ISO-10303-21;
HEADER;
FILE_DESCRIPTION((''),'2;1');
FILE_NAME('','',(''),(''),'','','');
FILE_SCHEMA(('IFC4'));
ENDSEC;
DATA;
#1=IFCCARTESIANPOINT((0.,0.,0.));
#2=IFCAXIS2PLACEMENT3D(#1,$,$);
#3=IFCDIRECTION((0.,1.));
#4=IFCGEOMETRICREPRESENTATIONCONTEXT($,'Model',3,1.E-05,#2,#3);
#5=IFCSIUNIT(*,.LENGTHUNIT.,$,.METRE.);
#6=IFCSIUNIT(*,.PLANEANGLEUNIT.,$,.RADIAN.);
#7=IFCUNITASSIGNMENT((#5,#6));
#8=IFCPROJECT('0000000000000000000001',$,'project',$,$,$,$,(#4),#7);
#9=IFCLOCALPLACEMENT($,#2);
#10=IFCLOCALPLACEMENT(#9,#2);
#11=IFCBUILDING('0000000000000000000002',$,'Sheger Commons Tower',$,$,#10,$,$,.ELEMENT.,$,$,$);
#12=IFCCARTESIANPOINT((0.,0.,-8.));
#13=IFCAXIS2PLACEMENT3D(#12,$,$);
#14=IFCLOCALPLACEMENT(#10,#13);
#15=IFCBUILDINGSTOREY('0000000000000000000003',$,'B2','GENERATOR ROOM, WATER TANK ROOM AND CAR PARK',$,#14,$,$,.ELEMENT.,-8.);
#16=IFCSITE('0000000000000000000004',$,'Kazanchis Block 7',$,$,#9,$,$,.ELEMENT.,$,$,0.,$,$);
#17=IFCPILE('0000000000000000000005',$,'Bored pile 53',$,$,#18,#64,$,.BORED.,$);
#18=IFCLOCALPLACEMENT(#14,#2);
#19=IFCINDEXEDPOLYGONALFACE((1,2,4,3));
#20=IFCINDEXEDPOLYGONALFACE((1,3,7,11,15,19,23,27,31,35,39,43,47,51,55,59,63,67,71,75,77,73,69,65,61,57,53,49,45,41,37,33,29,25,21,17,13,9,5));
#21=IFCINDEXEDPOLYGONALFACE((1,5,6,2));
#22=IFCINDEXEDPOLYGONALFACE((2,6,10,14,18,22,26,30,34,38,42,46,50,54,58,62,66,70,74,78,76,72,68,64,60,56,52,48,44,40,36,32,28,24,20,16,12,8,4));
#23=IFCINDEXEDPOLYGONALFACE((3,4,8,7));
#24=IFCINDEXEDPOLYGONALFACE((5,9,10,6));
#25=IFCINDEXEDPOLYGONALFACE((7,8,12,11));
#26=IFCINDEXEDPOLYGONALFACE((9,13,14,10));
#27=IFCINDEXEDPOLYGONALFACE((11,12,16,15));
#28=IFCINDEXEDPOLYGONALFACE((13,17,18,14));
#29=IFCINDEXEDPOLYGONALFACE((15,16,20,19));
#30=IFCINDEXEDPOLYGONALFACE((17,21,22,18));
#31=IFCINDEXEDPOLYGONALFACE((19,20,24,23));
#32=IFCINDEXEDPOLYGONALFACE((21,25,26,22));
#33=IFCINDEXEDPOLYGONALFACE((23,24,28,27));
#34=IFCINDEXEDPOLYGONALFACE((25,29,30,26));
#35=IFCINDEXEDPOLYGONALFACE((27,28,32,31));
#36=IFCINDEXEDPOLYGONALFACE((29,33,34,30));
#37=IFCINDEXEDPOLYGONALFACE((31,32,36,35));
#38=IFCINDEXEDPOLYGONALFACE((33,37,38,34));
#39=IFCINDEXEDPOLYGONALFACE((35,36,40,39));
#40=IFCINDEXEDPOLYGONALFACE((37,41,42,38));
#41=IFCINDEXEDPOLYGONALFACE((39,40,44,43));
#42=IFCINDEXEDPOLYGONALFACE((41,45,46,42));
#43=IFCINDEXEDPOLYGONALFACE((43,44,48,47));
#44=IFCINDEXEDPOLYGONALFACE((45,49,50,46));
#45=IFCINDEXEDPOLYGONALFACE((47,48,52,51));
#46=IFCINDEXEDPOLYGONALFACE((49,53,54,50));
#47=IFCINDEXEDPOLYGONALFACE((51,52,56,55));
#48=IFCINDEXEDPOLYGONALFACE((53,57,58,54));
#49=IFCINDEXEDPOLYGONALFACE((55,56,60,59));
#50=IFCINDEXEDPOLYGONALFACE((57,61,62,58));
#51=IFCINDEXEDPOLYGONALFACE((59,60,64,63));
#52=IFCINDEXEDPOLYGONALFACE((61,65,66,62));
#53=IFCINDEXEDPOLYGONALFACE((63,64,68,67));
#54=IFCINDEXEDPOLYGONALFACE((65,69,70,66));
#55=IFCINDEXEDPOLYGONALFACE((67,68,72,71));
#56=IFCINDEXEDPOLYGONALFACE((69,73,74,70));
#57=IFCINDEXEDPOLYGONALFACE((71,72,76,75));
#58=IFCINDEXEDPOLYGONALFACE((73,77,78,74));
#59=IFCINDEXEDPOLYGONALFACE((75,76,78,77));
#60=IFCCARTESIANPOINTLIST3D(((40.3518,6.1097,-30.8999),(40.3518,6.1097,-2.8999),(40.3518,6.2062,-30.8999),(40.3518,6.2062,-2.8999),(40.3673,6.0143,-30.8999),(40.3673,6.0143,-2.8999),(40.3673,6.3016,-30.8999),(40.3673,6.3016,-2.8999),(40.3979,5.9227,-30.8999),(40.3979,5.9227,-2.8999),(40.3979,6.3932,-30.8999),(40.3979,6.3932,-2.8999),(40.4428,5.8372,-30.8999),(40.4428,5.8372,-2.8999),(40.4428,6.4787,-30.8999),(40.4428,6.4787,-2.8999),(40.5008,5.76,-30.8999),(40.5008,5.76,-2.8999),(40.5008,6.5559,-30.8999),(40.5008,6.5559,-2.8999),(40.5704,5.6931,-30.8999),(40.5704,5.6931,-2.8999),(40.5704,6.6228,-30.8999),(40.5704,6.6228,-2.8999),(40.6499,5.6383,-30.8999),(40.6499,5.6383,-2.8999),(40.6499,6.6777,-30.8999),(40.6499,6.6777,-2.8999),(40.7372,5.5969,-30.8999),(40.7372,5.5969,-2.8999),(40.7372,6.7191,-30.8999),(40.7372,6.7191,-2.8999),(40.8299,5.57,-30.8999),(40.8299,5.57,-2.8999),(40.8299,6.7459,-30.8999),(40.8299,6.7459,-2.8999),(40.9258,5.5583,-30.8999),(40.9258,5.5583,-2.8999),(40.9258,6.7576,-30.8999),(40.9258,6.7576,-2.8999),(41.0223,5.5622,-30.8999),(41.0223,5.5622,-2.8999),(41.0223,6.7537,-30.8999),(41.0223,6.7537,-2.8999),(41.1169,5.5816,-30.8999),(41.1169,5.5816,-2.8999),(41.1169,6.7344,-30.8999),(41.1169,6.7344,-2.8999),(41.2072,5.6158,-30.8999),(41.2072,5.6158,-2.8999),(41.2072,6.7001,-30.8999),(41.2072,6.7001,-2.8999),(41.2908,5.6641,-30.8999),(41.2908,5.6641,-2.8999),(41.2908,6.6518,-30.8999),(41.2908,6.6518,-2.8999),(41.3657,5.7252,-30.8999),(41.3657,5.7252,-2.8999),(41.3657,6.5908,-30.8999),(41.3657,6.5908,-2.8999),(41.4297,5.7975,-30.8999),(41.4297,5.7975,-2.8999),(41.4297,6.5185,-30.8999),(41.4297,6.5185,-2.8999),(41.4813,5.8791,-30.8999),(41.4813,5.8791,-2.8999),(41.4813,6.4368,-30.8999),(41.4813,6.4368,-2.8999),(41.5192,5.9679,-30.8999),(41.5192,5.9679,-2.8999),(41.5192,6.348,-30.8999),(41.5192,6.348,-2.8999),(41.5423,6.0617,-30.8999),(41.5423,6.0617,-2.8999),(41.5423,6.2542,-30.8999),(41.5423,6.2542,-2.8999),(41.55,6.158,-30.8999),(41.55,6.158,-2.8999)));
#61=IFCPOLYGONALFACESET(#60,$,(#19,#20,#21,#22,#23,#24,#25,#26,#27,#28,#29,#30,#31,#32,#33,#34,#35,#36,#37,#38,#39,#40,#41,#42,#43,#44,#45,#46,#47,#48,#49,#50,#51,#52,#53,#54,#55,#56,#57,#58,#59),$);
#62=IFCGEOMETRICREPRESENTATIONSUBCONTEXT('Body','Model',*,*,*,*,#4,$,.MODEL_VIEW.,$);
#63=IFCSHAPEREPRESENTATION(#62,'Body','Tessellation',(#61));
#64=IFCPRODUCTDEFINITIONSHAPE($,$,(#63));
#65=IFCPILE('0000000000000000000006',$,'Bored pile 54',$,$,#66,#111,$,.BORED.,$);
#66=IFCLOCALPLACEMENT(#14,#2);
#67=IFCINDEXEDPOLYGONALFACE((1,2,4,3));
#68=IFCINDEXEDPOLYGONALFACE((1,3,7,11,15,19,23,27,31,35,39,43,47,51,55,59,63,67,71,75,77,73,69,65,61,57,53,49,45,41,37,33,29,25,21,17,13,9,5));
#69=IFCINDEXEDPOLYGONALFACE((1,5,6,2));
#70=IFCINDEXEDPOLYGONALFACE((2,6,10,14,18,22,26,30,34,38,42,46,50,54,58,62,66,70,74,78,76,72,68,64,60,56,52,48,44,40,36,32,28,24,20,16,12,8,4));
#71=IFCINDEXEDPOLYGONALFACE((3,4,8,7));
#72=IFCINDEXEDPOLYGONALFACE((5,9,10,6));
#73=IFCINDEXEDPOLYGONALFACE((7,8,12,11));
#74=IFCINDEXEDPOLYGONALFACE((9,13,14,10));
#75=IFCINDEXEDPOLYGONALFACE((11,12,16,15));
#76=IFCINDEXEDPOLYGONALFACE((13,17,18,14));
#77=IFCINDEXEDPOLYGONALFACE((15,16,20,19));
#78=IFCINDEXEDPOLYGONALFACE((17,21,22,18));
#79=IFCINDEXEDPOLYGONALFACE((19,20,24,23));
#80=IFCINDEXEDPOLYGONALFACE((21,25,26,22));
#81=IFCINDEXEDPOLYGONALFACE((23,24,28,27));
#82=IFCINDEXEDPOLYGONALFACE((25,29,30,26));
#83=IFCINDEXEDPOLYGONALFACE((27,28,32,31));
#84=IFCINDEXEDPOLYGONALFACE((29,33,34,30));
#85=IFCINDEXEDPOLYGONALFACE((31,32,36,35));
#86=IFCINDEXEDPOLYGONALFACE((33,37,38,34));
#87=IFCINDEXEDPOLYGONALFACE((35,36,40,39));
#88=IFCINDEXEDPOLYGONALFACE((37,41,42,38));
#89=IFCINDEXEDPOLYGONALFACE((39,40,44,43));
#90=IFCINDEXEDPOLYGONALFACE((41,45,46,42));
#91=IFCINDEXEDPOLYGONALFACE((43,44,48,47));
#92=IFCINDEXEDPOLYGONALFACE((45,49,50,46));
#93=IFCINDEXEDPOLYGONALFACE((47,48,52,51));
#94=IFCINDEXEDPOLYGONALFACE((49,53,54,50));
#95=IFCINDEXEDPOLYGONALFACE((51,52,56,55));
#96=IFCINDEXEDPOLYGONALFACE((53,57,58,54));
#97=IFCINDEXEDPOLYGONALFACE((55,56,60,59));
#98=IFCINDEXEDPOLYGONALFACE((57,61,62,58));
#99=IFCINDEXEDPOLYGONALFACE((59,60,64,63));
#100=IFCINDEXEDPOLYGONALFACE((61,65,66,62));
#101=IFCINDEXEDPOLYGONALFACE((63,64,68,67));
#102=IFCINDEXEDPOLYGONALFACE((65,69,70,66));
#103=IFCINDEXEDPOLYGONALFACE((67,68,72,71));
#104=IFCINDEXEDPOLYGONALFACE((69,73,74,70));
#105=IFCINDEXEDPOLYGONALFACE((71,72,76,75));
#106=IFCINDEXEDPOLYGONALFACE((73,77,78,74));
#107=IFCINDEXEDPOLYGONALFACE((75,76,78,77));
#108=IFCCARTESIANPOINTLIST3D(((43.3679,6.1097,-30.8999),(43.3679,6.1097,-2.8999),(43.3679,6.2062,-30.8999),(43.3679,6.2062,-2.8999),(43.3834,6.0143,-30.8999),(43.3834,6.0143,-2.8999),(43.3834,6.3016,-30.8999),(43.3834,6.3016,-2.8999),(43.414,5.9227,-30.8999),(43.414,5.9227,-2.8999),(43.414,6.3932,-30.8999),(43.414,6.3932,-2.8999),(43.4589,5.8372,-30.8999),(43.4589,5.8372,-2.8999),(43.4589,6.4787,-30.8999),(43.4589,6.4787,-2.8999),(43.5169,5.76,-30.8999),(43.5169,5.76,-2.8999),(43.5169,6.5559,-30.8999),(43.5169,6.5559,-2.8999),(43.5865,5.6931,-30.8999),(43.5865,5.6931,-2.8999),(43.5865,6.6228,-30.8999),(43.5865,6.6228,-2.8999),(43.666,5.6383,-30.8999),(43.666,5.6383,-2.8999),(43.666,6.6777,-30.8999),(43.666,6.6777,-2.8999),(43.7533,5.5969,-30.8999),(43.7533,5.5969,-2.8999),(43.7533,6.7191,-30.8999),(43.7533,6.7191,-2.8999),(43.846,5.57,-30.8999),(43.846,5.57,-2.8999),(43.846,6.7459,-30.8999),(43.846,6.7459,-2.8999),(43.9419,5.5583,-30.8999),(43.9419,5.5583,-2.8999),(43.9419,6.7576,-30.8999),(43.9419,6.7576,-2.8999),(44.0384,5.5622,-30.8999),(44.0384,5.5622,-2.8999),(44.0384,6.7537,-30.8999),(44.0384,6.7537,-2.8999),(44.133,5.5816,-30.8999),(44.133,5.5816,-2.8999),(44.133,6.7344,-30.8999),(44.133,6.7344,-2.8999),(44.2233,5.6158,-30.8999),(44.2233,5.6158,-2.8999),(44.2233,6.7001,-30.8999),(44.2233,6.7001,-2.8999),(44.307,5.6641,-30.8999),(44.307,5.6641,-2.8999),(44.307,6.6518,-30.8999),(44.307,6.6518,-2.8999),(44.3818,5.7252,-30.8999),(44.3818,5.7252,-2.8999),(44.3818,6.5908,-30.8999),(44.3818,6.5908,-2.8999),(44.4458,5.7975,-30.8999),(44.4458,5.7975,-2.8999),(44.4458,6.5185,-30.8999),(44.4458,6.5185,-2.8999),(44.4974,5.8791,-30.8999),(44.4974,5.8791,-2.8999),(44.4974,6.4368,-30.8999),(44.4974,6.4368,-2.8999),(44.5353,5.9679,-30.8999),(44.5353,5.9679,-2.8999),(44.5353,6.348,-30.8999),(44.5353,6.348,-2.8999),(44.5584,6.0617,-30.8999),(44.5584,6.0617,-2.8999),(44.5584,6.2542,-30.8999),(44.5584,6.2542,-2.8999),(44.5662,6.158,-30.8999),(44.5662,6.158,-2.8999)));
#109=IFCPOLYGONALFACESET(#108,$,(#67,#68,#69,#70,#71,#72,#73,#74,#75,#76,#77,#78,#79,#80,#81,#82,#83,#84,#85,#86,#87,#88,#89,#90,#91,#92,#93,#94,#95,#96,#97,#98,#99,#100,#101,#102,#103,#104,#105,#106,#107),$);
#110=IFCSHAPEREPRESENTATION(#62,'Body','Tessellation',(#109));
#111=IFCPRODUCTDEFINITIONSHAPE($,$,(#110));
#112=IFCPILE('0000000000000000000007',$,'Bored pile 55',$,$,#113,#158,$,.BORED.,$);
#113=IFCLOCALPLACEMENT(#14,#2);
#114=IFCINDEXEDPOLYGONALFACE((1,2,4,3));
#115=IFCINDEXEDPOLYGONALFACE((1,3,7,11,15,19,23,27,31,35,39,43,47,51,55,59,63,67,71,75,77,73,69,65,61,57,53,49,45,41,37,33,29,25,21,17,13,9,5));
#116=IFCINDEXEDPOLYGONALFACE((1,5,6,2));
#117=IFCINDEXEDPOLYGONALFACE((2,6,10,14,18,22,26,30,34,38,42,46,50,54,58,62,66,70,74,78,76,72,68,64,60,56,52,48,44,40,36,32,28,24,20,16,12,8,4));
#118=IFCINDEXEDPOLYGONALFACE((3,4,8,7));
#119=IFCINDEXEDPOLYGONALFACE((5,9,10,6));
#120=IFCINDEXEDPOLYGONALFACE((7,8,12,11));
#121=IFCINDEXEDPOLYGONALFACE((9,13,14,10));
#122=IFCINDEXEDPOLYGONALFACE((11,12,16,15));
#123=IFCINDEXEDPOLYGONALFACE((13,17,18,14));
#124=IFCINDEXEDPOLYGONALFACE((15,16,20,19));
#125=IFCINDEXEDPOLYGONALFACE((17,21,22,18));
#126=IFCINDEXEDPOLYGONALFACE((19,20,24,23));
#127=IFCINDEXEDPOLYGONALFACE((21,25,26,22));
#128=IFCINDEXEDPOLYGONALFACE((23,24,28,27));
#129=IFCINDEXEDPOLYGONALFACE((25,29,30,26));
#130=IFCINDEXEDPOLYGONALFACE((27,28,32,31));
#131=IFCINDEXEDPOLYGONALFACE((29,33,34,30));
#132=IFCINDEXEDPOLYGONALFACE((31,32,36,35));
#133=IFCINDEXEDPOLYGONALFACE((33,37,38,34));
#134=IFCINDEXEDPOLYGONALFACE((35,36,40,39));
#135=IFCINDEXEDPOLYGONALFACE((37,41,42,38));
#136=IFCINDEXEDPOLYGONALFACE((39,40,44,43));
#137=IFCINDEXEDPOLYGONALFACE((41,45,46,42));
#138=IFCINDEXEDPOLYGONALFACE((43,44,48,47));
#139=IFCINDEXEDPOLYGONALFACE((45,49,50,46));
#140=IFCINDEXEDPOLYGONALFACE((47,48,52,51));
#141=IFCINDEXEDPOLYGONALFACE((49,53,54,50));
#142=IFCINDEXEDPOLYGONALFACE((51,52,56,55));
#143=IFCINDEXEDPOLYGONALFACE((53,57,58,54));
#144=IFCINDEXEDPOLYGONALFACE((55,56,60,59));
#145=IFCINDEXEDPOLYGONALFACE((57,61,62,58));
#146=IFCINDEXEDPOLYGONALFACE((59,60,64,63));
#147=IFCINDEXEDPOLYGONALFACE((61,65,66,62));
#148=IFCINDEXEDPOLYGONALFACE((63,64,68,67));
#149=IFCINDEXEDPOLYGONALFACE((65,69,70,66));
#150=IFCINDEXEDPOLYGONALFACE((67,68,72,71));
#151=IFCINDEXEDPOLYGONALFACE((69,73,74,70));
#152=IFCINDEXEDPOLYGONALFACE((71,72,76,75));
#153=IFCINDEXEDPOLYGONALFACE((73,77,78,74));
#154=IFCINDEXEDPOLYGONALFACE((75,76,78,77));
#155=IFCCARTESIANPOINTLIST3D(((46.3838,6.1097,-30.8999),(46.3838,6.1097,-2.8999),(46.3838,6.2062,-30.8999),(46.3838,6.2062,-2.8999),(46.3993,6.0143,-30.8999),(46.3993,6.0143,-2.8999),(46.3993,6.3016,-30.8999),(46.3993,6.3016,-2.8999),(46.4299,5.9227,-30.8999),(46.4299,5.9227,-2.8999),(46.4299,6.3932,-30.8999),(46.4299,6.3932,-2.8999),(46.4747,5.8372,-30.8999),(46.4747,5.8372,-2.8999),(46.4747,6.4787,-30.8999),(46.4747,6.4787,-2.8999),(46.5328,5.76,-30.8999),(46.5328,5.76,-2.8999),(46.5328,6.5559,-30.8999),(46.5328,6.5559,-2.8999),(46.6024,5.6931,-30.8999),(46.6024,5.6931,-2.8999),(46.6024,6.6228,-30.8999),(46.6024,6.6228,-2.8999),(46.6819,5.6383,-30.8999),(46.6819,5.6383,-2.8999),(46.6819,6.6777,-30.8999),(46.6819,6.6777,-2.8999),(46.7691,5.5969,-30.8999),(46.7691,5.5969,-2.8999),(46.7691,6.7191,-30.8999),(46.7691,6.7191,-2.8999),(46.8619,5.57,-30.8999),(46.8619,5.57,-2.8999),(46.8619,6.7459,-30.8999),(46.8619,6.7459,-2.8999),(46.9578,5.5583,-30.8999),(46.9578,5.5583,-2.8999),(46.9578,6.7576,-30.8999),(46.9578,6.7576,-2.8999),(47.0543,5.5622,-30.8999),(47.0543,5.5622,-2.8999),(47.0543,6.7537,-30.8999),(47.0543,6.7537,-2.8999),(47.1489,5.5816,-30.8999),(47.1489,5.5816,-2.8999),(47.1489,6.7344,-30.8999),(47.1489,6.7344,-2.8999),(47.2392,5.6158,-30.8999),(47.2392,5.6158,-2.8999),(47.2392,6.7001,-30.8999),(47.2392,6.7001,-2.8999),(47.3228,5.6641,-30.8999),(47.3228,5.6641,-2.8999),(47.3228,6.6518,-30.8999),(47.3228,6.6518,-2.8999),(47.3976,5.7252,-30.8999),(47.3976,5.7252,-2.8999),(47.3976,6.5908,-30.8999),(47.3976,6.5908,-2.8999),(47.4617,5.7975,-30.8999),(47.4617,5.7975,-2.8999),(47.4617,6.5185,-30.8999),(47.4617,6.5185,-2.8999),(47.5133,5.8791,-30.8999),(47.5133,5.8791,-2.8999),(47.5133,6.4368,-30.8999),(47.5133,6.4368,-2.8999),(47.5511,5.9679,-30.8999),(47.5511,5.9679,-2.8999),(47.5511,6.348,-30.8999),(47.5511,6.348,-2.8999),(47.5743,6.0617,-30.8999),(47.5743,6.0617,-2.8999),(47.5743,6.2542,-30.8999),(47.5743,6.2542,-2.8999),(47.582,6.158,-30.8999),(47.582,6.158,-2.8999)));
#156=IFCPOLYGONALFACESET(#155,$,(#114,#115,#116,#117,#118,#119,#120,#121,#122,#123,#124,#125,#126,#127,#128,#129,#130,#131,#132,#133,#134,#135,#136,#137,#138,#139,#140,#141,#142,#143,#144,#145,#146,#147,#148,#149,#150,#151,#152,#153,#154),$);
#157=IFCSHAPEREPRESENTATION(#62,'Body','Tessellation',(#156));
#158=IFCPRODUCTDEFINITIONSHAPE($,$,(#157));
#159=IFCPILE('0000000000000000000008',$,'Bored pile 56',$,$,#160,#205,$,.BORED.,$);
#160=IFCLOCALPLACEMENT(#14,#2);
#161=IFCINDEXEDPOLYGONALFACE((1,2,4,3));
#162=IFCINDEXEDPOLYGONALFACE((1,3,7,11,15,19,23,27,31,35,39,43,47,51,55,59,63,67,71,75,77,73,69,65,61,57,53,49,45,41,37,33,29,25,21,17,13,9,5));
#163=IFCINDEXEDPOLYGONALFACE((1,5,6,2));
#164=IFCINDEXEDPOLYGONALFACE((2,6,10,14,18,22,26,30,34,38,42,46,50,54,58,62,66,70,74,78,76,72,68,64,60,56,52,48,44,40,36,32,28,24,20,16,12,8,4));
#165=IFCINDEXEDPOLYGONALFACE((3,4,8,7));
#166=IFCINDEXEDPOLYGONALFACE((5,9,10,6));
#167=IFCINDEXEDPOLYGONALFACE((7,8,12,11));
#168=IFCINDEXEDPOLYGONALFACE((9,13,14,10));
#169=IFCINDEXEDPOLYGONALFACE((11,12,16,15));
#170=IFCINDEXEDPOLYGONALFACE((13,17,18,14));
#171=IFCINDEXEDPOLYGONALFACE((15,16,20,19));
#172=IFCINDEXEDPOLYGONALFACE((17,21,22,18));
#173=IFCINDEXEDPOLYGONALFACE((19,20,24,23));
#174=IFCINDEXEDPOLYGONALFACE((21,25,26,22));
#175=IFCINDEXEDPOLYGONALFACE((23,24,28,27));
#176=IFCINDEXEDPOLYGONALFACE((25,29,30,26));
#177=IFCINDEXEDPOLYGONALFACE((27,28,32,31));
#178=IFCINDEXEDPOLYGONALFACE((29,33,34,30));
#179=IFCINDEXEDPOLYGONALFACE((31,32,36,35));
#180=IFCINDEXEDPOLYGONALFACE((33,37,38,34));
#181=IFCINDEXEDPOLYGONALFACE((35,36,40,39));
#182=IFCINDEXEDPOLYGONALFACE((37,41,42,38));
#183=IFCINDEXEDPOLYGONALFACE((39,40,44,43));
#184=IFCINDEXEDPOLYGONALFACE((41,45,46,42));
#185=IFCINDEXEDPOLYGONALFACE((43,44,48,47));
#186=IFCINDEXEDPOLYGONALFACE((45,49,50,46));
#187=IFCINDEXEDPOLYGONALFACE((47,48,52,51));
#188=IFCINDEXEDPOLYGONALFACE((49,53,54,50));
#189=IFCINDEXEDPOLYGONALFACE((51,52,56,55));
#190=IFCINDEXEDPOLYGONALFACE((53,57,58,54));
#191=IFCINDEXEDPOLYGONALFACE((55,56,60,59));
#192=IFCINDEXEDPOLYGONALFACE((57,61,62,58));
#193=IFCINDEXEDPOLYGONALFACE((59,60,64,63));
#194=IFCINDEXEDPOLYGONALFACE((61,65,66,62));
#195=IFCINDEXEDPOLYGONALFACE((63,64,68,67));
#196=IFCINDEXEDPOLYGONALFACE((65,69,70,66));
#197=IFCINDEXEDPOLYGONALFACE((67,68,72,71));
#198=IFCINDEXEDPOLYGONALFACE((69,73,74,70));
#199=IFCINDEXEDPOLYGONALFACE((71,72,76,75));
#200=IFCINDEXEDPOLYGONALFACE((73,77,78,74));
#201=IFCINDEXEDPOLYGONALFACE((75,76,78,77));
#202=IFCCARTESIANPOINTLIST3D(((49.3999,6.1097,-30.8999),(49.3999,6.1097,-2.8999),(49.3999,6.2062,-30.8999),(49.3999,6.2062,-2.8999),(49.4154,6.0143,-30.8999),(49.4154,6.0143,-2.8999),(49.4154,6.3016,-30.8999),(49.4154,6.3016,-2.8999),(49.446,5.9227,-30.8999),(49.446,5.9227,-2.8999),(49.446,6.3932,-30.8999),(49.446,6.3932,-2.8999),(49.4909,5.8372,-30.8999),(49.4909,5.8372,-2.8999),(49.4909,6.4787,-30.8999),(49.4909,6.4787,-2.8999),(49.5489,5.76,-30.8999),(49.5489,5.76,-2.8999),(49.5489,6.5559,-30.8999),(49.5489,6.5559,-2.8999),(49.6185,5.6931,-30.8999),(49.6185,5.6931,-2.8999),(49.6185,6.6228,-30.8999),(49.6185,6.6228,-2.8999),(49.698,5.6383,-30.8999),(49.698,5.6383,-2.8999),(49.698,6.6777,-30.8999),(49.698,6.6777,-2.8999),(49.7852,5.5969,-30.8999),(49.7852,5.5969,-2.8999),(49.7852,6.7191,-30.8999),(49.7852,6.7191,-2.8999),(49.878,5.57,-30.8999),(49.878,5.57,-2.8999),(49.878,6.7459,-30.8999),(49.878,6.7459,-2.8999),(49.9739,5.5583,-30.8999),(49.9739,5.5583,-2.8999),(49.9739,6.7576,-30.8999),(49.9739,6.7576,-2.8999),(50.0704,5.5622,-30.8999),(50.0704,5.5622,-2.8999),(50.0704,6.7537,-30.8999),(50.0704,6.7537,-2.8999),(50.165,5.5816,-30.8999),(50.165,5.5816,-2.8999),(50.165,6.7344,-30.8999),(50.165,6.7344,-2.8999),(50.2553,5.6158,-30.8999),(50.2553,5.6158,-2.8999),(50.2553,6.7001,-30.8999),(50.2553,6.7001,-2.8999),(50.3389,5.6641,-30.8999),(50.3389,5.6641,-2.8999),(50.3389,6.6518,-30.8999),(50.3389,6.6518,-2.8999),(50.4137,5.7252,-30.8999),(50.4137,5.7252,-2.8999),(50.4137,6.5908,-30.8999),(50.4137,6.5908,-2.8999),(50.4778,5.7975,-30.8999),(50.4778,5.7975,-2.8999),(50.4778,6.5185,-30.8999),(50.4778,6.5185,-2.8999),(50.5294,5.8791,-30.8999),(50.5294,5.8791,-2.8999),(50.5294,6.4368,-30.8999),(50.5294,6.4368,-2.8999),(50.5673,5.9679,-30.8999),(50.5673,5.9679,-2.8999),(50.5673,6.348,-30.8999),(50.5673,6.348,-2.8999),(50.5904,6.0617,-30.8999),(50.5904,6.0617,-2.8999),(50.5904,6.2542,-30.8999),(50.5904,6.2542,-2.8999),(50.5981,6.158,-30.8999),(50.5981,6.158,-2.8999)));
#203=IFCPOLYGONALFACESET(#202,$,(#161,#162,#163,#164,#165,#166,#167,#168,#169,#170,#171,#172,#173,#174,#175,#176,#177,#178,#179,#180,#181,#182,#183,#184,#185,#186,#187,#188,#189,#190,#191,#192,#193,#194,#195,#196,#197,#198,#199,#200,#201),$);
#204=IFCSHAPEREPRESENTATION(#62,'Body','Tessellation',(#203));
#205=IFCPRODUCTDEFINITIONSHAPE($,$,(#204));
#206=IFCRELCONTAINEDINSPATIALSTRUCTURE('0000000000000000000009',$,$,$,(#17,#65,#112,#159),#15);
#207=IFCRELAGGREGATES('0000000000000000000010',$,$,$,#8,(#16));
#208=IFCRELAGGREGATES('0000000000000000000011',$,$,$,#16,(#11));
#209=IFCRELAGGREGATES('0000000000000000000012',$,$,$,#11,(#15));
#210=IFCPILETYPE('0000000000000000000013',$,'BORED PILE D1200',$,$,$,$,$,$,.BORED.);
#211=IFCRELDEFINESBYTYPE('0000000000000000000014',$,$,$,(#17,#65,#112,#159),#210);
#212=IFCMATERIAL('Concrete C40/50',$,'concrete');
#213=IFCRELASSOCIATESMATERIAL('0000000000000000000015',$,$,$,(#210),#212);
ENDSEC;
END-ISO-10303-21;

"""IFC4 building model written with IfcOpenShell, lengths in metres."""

from ifc_helpers import new_model, si_unit, direction, frame, origin, origin_2d, place, context, subcontext, project, spatial, circle, extrude, material, material_profile, profile_set, type_object, element, save


model = new_model("IFC4")

# Units and contexts
model_context = context("Model", 3, precision=1e-05, world=origin(), true_north=direction((0.0, 1.0)))
body_context = subcontext(model_context, "Body", "Model", "MODEL_VIEW")
ifc_project = project(units=[si_unit("LENGTHUNIT", "METRE"), si_unit("PLANEANGLEUNIT", "RADIAN")], contexts=[model_context])

# Site, building, storey
site_placement = place(None, origin())
site = spatial("IfcSite", under=ifc_project, at=site_placement, Name="Kazanchis Block 7", CompositionType="ELEMENT", RefElevation=0.0)
building_placement = place(site_placement, origin())
building = spatial("IfcBuilding", under=site, at=building_placement, Name="Sheger Commons Tower", CompositionType="ELEMENT")
storey_placement = place(building_placement, frame((0.0, 0.0, -8.0)))
storey = spatial("IfcBuildingStorey", under=building, at=storey_placement, Name="B2", Description="GENERATOR ROOM, WATER TANK ROOM AND CAR PARK", CompositionType="ELEMENT", Elevation=-8.0)

# Piles
ifc_material_1 = material(Name="Concrete C40/50", Category="concrete")
ifc_material_profile_1 = material_profile(ifc_material_1, circle(Radius=0.6001, at=origin_2d()), Name="PILE D1200")
ifc_profile_set_1 = profile_set([ifc_material_profile_1], Name="Concrete C40/50")
pile_type = type_object("IfcPileType", Name="BORED PILE D1200", PredefinedType="BORED", material=ifc_profile_set_1)
for number, where, z_axis, x_axis, name in (
    (1, (40.95, 6.158, -2.8999), (0.0, 0.0, -1.0), (1.0, 0.0, 0.0), "Bored pile 53"),
    (2, (43.9661, 6.158, -2.8999), (0.0, 0.0, -1.0), (1.0, 0.0, 0.0), "Bored pile 54"),
    (3, (46.9819, 6.158, -2.8999), (0.0, 0.0, -1.0), (1.0, 0.0, 0.0), "Bored pile 55"),
    (4, (49.998, 6.158, -2.8999), (0.0, 0.0, -1.0), (1.0, 0.0, 0.0), "Bored pile 56"),
):
    element("IfcPile", number, at=place(storey_placement, frame(where, z_axis=z_axis, x_axis=x_axis)), inside=storey, type_object=pile_type, Name=name, PredefinedType="BORED", context=body_context, shape_type="SweptSolid", body=[
        extrude(circle(Radius=0.6001, at=origin_2d()), origin(), (0.0, 0.0, 1.0), 28.0),
    ])

save(model, "model.ifc")
